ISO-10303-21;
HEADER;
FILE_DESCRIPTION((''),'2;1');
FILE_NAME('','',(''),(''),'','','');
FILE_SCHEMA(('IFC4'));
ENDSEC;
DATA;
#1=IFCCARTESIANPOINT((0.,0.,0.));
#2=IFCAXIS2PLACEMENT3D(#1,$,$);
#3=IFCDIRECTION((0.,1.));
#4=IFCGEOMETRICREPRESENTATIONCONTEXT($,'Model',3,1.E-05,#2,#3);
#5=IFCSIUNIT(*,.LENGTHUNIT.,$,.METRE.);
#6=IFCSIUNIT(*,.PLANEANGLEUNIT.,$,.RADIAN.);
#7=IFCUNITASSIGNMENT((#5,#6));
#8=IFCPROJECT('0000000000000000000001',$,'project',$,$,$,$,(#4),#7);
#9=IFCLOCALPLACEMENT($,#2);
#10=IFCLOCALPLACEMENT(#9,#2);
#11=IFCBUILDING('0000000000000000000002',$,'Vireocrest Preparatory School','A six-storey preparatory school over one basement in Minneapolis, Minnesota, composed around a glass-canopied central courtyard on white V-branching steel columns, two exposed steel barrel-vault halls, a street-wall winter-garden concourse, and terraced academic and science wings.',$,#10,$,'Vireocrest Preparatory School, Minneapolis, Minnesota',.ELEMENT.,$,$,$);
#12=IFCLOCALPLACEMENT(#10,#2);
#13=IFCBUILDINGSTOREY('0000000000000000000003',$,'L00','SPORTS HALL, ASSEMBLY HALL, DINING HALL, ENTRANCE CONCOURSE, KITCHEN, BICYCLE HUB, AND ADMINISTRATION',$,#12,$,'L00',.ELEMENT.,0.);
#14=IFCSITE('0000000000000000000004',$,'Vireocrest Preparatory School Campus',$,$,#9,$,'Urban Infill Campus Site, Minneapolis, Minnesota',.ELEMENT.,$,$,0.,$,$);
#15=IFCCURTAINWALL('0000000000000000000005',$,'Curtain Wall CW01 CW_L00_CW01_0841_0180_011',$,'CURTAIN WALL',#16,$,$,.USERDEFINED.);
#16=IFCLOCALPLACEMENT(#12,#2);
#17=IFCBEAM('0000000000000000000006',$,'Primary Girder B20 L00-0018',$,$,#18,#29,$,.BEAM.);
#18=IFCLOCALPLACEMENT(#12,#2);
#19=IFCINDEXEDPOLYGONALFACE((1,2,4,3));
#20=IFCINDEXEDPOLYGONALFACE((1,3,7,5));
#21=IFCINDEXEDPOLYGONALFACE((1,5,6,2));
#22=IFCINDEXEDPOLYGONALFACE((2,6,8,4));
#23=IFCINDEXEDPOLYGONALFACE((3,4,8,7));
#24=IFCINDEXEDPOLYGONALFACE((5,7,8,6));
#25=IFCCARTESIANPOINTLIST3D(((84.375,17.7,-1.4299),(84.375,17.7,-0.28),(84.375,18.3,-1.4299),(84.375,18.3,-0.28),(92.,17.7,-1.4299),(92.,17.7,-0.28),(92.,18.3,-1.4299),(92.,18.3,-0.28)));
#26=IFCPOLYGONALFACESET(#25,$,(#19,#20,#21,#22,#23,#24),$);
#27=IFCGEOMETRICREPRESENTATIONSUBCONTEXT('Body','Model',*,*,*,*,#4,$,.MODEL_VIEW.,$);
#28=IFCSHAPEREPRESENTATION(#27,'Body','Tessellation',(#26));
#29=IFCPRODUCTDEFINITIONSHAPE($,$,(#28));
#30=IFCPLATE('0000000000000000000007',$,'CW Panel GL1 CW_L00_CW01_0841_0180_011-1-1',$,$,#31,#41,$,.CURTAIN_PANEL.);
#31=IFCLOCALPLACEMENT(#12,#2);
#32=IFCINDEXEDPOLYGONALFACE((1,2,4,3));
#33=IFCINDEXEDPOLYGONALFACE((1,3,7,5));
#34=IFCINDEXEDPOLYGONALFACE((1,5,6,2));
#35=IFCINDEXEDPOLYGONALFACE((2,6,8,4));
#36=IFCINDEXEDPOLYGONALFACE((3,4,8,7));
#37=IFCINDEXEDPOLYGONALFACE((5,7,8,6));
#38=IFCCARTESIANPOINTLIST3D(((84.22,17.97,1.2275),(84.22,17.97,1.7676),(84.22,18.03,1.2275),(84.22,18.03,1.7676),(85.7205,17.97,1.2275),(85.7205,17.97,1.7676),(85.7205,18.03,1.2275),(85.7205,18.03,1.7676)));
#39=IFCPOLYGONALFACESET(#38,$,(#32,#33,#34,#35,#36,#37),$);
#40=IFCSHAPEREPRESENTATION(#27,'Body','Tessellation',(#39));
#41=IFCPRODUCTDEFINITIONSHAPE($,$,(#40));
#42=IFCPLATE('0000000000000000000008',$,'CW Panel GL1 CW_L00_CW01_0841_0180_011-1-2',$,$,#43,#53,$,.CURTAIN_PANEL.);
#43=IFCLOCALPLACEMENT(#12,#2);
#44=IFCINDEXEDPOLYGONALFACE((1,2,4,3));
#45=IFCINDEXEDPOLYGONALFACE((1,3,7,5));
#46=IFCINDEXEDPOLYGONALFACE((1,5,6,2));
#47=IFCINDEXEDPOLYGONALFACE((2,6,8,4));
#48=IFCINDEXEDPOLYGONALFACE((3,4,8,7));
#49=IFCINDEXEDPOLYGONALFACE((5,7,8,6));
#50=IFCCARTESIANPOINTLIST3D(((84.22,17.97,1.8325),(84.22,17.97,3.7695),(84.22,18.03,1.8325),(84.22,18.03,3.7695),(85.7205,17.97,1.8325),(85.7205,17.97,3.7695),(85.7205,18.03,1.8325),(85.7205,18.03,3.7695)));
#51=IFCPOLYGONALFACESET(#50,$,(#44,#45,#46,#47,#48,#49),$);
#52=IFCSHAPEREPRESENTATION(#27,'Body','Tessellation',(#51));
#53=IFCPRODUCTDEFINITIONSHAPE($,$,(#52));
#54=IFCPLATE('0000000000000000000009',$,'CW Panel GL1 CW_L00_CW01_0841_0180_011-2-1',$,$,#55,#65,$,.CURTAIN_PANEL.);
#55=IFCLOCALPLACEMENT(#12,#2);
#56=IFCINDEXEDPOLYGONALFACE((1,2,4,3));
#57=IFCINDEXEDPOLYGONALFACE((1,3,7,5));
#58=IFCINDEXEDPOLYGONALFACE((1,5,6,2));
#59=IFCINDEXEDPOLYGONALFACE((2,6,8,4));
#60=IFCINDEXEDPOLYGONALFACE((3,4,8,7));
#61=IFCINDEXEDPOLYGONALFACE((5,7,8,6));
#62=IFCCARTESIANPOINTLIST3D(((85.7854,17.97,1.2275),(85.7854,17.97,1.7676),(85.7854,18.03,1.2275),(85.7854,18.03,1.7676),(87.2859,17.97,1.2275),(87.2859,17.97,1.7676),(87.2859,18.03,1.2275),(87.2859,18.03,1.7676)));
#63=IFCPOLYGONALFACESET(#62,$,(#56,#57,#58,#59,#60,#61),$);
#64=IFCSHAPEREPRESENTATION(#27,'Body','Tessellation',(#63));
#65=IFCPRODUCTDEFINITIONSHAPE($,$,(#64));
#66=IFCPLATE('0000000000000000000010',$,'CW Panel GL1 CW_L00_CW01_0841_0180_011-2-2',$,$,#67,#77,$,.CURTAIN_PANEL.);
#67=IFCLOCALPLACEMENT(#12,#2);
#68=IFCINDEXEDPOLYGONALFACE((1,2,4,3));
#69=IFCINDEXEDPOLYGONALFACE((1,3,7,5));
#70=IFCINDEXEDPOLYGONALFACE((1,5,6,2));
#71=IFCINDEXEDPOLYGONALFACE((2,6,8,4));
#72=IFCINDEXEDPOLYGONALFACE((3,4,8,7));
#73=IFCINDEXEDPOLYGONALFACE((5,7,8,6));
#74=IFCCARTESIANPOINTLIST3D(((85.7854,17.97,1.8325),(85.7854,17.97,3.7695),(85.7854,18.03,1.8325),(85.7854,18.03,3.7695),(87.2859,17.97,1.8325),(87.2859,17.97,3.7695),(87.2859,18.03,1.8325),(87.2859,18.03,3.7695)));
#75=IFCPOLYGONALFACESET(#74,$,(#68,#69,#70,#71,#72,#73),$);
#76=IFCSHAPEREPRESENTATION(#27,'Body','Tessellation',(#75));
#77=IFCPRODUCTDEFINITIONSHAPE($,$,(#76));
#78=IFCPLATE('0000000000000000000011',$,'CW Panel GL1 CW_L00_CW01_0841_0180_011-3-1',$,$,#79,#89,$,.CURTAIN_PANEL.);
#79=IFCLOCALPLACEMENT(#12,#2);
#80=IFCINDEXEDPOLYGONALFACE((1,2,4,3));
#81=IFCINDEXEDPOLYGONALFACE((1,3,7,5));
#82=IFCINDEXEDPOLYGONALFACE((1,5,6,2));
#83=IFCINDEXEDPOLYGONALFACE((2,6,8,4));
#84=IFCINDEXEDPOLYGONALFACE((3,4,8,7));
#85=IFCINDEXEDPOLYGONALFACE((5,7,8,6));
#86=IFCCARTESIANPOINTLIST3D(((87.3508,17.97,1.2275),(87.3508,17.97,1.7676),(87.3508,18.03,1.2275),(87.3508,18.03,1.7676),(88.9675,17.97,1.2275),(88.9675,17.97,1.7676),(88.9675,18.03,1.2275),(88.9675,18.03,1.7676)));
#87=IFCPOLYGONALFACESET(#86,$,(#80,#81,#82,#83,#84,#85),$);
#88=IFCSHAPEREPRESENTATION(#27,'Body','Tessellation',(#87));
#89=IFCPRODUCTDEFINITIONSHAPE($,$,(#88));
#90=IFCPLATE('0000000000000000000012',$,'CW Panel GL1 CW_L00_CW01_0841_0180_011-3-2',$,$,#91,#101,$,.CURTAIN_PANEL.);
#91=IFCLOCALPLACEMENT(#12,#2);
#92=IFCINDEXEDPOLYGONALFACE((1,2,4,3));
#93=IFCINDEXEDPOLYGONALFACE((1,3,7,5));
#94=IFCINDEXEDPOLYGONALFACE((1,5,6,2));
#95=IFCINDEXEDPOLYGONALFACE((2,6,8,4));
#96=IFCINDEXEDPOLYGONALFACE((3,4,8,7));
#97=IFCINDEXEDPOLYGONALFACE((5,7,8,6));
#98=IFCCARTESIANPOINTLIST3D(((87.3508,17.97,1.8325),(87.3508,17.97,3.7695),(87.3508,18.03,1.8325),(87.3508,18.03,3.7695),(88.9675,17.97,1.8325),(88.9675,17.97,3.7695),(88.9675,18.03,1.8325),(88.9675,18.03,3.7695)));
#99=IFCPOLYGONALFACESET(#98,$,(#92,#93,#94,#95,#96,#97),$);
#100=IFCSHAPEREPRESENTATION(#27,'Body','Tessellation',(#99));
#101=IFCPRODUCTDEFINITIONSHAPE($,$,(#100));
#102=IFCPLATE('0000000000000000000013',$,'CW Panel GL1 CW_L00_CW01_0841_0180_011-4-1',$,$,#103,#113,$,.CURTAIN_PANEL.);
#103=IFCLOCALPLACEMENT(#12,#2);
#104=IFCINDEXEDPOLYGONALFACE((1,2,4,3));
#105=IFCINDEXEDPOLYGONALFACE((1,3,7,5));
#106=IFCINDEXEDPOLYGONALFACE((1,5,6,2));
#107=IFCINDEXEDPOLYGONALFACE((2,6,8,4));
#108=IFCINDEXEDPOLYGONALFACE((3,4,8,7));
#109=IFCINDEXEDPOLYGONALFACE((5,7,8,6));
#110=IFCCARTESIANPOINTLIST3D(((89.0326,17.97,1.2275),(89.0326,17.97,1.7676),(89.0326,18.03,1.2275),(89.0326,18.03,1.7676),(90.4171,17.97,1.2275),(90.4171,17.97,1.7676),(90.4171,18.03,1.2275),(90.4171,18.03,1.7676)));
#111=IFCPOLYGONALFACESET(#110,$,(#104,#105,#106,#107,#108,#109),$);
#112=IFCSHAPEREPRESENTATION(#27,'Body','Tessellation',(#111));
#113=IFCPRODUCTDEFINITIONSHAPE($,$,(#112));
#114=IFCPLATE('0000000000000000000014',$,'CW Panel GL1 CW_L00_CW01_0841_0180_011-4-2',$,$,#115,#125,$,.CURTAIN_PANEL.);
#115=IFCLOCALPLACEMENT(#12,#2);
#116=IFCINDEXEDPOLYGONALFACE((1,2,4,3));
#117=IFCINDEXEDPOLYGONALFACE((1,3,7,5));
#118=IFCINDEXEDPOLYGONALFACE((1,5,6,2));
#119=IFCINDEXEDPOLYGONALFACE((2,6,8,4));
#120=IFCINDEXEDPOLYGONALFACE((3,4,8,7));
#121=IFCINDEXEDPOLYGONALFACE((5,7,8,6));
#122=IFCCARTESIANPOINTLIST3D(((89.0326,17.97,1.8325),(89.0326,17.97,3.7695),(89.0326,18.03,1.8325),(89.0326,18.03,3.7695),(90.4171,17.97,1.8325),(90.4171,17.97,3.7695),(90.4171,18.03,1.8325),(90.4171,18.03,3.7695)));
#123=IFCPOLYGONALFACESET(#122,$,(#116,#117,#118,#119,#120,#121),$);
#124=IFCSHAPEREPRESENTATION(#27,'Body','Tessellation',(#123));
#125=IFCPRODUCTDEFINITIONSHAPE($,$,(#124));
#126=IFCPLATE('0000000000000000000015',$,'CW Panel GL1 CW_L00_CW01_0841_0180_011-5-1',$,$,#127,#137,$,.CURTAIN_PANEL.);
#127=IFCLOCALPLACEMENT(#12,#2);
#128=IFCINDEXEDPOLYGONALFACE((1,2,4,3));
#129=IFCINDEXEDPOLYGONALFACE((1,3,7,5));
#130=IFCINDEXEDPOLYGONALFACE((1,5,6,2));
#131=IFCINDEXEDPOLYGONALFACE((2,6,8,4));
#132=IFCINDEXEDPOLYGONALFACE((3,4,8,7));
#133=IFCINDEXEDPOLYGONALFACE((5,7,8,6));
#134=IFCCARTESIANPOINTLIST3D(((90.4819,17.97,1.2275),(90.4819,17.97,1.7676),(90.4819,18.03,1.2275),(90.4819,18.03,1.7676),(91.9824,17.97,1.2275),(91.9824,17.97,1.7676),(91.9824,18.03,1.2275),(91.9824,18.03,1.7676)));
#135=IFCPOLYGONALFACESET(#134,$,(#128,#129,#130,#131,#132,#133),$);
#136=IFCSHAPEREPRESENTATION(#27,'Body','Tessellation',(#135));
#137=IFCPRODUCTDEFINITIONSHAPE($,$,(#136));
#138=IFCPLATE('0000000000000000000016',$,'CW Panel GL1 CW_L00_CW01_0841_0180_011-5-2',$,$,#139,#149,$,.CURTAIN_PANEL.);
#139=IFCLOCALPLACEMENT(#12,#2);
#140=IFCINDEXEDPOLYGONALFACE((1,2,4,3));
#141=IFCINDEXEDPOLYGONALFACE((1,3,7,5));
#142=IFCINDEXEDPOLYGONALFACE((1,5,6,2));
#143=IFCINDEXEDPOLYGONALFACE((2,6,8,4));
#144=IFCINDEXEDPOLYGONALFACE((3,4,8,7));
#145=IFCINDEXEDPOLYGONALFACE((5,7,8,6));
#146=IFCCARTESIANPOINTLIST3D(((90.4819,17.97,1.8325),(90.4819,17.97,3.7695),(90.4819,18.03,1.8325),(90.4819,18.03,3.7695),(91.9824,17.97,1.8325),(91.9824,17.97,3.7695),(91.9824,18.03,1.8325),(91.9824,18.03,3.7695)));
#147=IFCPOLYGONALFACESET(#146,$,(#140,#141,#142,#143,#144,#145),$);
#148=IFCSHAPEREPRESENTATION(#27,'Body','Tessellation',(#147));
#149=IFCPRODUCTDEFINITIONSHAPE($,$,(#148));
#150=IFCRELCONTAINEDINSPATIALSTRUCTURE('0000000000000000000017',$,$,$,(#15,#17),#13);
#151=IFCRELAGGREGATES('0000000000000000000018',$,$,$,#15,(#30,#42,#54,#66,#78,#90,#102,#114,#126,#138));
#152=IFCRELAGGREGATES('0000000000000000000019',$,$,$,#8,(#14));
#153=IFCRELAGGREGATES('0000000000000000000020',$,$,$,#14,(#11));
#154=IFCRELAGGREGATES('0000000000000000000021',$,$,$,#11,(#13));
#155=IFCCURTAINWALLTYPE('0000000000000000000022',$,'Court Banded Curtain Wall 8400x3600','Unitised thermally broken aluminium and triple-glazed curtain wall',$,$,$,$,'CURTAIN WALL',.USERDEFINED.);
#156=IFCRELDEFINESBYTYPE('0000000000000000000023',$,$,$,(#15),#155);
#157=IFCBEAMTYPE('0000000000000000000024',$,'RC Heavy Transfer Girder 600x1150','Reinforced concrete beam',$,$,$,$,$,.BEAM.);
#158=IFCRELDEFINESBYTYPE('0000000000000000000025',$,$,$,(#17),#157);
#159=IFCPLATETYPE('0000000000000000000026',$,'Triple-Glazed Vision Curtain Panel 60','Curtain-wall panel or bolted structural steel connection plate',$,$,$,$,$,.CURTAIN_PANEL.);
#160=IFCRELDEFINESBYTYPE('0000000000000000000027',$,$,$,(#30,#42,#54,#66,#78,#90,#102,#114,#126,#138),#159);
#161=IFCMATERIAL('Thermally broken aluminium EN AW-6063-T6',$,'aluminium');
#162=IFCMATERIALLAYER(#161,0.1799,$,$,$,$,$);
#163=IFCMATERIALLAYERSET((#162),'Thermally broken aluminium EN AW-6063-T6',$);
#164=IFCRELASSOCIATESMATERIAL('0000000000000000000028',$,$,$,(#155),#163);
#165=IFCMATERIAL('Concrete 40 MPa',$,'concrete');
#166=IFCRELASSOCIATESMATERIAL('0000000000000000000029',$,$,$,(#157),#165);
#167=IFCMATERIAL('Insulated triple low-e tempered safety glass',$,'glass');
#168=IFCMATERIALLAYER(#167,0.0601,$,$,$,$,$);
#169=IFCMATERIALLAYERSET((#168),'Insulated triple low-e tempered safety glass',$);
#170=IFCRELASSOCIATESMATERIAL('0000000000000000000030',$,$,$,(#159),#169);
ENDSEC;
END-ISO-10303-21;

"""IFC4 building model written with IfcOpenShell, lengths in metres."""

from ifc_helpers import new_model, si_unit, direction, frame, origin, origin_2d, place, context, subcontext, project, spatial, rectangle, extrude, material, layer, layer_set, material_profile, profile_set, type_object, element, aggregate, save


model = new_model("IFC4")

# Units and contexts
model_context = context("Model", 3, precision=1e-05, world=origin(), true_north=direction((0.0, 1.0)))
body_context = subcontext(model_context, "Body", "Model", "MODEL_VIEW")
ifc_project = project(units=[si_unit("LENGTHUNIT", "METRE"), si_unit("PLANEANGLEUNIT", "RADIAN")], contexts=[model_context])

# Site, building, storey
site_placement = place(None, origin())
site = spatial("IfcSite", under=ifc_project, at=site_placement, Name="Vireocrest Preparatory School Campus", LongName="Urban Infill Campus Site, Minneapolis, Minnesota", CompositionType="ELEMENT", RefElevation=0.0)
building_placement = place(site_placement, origin())
building = spatial("IfcBuilding", under=site, at=building_placement, Name="Vireocrest Preparatory School", Description="A six-storey preparatory school over one basement in Minneapolis, Minnesota, composed around a glass-canopied central courtyard on white V-branching steel columns, two exposed steel barrel-vault halls, a street-wall winter-garden concourse, and terraced academic and science wings.", LongName="Vireocrest Preparatory School, Minneapolis, Minnesota", CompositionType="ELEMENT")
storey_placement = place(building_placement, origin())
storey = spatial("IfcBuildingStorey", under=building, at=storey_placement, Name="L00", Description="SPORTS HALL, ASSEMBLY HALL, DINING HALL, ENTRANCE CONCOURSE, KITCHEN, BICYCLE HUB, AND ADMINISTRATION", LongName="L00", CompositionType="ELEMENT", Elevation=0.0)

# Curtain wall
ifc_material_1 = material(Name="Thermally broken aluminium EN AW-6063-T6", Category="aluminium")
ifc_layer_1 = layer(ifc_material_1, 0.1799)
ifc_layer_set_1 = layer_set([ifc_layer_1], Name="Thermally broken aluminium EN AW-6063-T6")
curtain_wall_type_1 = type_object("IfcCurtainWallType", Name="Court Banded Curtain Wall 8400x3600", Description="Unitised thermally broken aluminium and triple-glazed curtain wall", ElementType="CURTAIN WALL", PredefinedType="USERDEFINED", material=ifc_layer_set_1)
curtain_wall_1_placement = place(storey_placement, origin())
curtain_wall_1 = element("IfcCurtainWall", 1, at=curtain_wall_1_placement, inside=storey, type_object=curtain_wall_type_1, Name="Curtain Wall CW01 CW_L00_CW01_0841_0180_011", ObjectType="CURTAIN WALL", PredefinedType="USERDEFINED")

# Beam
ifc_material_2 = material(Name="Concrete 40 MPa", Category="concrete")
ifc_material_profile_1 = material_profile(ifc_material_2, rectangle(XDim=0.6001, YDim=1.1499, at=origin_2d()), Name="RC 600x1150")
ifc_profile_set_1 = profile_set([ifc_material_profile_1], Name="Concrete 40 MPa")
beam_type_1 = type_object("IfcBeamType", Name="RC Heavy Transfer Girder 600x1150", Description="Reinforced concrete beam", PredefinedType="BEAM", material=ifc_profile_set_1)
beam_1_placement = place(storey_placement, frame((84.375, 18.0, -0.855), z_axis=(1.0, 0.0, 0.0), x_axis=(0.0, 1.0, 0.0)))
element("IfcBeam", 2, at=beam_1_placement, inside=storey, type_object=beam_type_1, Name="Primary Girder B20 L00-0018", PredefinedType="BEAM", context=body_context, shape_type="SweptSolid", body=[
    extrude(rectangle(XDim=0.6001, YDim=1.1499, at=origin_2d()), origin(), (0.0, 0.0, 1.0), 7.625),
])

# Plates
ifc_material_3 = material(Name="Insulated triple low-e tempered safety glass", Category="glass")
ifc_layer_2 = layer(ifc_material_3, 0.0601)
ifc_layer_set_2 = layer_set([ifc_layer_2], Name="Insulated triple low-e tempered safety glass")
plate_type = type_object("IfcPlateType", Name="Triple-Glazed Vision Curtain Panel 60", Description="Curtain-wall panel or bolted structural steel connection plate", PredefinedType="CURTAIN_PANEL", material=ifc_layer_set_2)
plate_1_placement = place(storey_placement, frame((84.9702, 18.0, 1.2275), z_axis=(0.0, 0.0, 1.0), x_axis=(1.0, 0.0, 0.0)))
plate_1 = element("IfcPlate", 3, at=plate_1_placement, type_object=plate_type, Name="CW Panel GL1 CW_L00_CW01_0841_0180_011-1-1", PredefinedType="CURTAIN_PANEL", context=body_context, shape_type="SweptSolid", body=[
    extrude(rectangle(XDim=1.5005, YDim=0.0601, at=origin_2d()), origin(), (0.0, 0.0, 1.0), 0.54),
])
plate_2_placement = place(storey_placement, frame((84.9702, 18.0, 1.8325), z_axis=(0.0, 0.0, 1.0), x_axis=(1.0, 0.0, 0.0)))
plate_2 = element("IfcPlate", 4, at=plate_2_placement, type_object=plate_type, Name="CW Panel GL1 CW_L00_CW01_0841_0180_011-1-2", PredefinedType="CURTAIN_PANEL", context=body_context, shape_type="SweptSolid", body=[
    extrude(rectangle(XDim=1.5005, YDim=0.0601, at=origin_2d()), origin(), (0.0, 0.0, 1.0), 1.937),
])
plate_3_placement = place(storey_placement, frame((86.5356, 18.0, 1.2275), z_axis=(0.0, 0.0, 1.0), x_axis=(1.0, 0.0, 0.0)))
plate_3 = element("IfcPlate", 5, at=plate_3_placement, type_object=plate_type, Name="CW Panel GL1 CW_L00_CW01_0841_0180_011-2-1", PredefinedType="CURTAIN_PANEL", context=body_context, shape_type="SweptSolid", body=[
    extrude(rectangle(XDim=1.5005, YDim=0.0601, at=origin_2d()), origin(), (0.0, 0.0, 1.0), 0.54),
])
plate_4_placement = place(storey_placement, frame((86.5356, 18.0, 1.8325), z_axis=(0.0, 0.0, 1.0), x_axis=(1.0, 0.0, 0.0)))
plate_4 = element("IfcPlate", 6, at=plate_4_placement, type_object=plate_type, Name="CW Panel GL1 CW_L00_CW01_0841_0180_011-2-2", PredefinedType="CURTAIN_PANEL", context=body_context, shape_type="SweptSolid", body=[
    extrude(rectangle(XDim=1.5005, YDim=0.0601, at=origin_2d()), origin(), (0.0, 0.0, 1.0), 1.937),
])
plate_5_placement = place(storey_placement, frame((88.1592, 18.0, 1.2275), z_axis=(0.0, 0.0, 1.0), x_axis=(1.0, 0.0, 0.0)))
plate_5 = element("IfcPlate", 7, at=plate_5_placement, type_object=plate_type, Name="CW Panel GL1 CW_L00_CW01_0841_0180_011-3-1", PredefinedType="CURTAIN_PANEL", context=body_context, shape_type="SweptSolid", body=[
    extrude(rectangle(XDim=1.6167, YDim=0.0601, at=origin_2d()), origin(), (0.0, 0.0, 1.0), 0.54),
])
plate_6_placement = place(storey_placement, frame((88.1592, 18.0, 1.8325), z_axis=(0.0, 0.0, 1.0), x_axis=(1.0, 0.0, 0.0)))
plate_6 = element("IfcPlate", 8, at=plate_6_placement, type_object=plate_type, Name="CW Panel GL1 CW_L00_CW01_0841_0180_011-3-2", PredefinedType="CURTAIN_PANEL", context=body_context, shape_type="SweptSolid", body=[
    extrude(rectangle(XDim=1.6167, YDim=0.0601, at=origin_2d()), origin(), (0.0, 0.0, 1.0), 1.937),
])
plate_7_placement = place(storey_placement, frame((89.7249, 18.0, 1.2275), z_axis=(0.0, 0.0, 1.0), x_axis=(1.0, 0.0, 0.0)))
plate_7 = element("IfcPlate", 9, at=plate_7_placement, type_object=plate_type, Name="CW Panel GL1 CW_L00_CW01_0841_0180_011-4-1", PredefinedType="CURTAIN_PANEL", context=body_context, shape_type="SweptSolid", body=[
    extrude(rectangle(XDim=1.3845, YDim=0.0601, at=origin_2d()), origin(), (0.0, 0.0, 1.0), 0.54),
])
plate_8_placement = place(storey_placement, frame((89.7249, 18.0, 1.8325), z_axis=(0.0, 0.0, 1.0), x_axis=(1.0, 0.0, 0.0)))
plate_8 = element("IfcPlate", 10, at=plate_8_placement, type_object=plate_type, Name="CW Panel GL1 CW_L00_CW01_0841_0180_011-4-2", PredefinedType="CURTAIN_PANEL", context=body_context, shape_type="SweptSolid", body=[
    extrude(rectangle(XDim=1.3845, YDim=0.0601, at=origin_2d()), origin(), (0.0, 0.0, 1.0), 1.937),
])
plate_9_placement = place(storey_placement, frame((91.2322, 18.0, 1.2275), z_axis=(0.0, 0.0, 1.0), x_axis=(1.0, 0.0, 0.0)))
plate_9 = element("IfcPlate", 11, at=plate_9_placement, type_object=plate_type, Name="CW Panel GL1 CW_L00_CW01_0841_0180_011-5-1", PredefinedType="CURTAIN_PANEL", context=body_context, shape_type="SweptSolid", body=[
    extrude(rectangle(XDim=1.5005, YDim=0.0601, at=origin_2d()), origin(), (0.0, 0.0, 1.0), 0.54),
])
plate_10_placement = place(storey_placement, frame((91.2322, 18.0, 1.8325), z_axis=(0.0, 0.0, 1.0), x_axis=(1.0, 0.0, 0.0)))
plate_10 = element("IfcPlate", 12, at=plate_10_placement, type_object=plate_type, Name="CW Panel GL1 CW_L00_CW01_0841_0180_011-5-2", PredefinedType="CURTAIN_PANEL", context=body_context, shape_type="SweptSolid", body=[
    extrude(rectangle(XDim=1.5005, YDim=0.0601, at=origin_2d()), origin(), (0.0, 0.0, 1.0), 1.937),
])
aggregate(curtain_wall_1, [plate_1, plate_2, plate_3, plate_4, plate_5, plate_6, plate_7, plate_8, plate_9, plate_10])

save(model, "model.ifc")
